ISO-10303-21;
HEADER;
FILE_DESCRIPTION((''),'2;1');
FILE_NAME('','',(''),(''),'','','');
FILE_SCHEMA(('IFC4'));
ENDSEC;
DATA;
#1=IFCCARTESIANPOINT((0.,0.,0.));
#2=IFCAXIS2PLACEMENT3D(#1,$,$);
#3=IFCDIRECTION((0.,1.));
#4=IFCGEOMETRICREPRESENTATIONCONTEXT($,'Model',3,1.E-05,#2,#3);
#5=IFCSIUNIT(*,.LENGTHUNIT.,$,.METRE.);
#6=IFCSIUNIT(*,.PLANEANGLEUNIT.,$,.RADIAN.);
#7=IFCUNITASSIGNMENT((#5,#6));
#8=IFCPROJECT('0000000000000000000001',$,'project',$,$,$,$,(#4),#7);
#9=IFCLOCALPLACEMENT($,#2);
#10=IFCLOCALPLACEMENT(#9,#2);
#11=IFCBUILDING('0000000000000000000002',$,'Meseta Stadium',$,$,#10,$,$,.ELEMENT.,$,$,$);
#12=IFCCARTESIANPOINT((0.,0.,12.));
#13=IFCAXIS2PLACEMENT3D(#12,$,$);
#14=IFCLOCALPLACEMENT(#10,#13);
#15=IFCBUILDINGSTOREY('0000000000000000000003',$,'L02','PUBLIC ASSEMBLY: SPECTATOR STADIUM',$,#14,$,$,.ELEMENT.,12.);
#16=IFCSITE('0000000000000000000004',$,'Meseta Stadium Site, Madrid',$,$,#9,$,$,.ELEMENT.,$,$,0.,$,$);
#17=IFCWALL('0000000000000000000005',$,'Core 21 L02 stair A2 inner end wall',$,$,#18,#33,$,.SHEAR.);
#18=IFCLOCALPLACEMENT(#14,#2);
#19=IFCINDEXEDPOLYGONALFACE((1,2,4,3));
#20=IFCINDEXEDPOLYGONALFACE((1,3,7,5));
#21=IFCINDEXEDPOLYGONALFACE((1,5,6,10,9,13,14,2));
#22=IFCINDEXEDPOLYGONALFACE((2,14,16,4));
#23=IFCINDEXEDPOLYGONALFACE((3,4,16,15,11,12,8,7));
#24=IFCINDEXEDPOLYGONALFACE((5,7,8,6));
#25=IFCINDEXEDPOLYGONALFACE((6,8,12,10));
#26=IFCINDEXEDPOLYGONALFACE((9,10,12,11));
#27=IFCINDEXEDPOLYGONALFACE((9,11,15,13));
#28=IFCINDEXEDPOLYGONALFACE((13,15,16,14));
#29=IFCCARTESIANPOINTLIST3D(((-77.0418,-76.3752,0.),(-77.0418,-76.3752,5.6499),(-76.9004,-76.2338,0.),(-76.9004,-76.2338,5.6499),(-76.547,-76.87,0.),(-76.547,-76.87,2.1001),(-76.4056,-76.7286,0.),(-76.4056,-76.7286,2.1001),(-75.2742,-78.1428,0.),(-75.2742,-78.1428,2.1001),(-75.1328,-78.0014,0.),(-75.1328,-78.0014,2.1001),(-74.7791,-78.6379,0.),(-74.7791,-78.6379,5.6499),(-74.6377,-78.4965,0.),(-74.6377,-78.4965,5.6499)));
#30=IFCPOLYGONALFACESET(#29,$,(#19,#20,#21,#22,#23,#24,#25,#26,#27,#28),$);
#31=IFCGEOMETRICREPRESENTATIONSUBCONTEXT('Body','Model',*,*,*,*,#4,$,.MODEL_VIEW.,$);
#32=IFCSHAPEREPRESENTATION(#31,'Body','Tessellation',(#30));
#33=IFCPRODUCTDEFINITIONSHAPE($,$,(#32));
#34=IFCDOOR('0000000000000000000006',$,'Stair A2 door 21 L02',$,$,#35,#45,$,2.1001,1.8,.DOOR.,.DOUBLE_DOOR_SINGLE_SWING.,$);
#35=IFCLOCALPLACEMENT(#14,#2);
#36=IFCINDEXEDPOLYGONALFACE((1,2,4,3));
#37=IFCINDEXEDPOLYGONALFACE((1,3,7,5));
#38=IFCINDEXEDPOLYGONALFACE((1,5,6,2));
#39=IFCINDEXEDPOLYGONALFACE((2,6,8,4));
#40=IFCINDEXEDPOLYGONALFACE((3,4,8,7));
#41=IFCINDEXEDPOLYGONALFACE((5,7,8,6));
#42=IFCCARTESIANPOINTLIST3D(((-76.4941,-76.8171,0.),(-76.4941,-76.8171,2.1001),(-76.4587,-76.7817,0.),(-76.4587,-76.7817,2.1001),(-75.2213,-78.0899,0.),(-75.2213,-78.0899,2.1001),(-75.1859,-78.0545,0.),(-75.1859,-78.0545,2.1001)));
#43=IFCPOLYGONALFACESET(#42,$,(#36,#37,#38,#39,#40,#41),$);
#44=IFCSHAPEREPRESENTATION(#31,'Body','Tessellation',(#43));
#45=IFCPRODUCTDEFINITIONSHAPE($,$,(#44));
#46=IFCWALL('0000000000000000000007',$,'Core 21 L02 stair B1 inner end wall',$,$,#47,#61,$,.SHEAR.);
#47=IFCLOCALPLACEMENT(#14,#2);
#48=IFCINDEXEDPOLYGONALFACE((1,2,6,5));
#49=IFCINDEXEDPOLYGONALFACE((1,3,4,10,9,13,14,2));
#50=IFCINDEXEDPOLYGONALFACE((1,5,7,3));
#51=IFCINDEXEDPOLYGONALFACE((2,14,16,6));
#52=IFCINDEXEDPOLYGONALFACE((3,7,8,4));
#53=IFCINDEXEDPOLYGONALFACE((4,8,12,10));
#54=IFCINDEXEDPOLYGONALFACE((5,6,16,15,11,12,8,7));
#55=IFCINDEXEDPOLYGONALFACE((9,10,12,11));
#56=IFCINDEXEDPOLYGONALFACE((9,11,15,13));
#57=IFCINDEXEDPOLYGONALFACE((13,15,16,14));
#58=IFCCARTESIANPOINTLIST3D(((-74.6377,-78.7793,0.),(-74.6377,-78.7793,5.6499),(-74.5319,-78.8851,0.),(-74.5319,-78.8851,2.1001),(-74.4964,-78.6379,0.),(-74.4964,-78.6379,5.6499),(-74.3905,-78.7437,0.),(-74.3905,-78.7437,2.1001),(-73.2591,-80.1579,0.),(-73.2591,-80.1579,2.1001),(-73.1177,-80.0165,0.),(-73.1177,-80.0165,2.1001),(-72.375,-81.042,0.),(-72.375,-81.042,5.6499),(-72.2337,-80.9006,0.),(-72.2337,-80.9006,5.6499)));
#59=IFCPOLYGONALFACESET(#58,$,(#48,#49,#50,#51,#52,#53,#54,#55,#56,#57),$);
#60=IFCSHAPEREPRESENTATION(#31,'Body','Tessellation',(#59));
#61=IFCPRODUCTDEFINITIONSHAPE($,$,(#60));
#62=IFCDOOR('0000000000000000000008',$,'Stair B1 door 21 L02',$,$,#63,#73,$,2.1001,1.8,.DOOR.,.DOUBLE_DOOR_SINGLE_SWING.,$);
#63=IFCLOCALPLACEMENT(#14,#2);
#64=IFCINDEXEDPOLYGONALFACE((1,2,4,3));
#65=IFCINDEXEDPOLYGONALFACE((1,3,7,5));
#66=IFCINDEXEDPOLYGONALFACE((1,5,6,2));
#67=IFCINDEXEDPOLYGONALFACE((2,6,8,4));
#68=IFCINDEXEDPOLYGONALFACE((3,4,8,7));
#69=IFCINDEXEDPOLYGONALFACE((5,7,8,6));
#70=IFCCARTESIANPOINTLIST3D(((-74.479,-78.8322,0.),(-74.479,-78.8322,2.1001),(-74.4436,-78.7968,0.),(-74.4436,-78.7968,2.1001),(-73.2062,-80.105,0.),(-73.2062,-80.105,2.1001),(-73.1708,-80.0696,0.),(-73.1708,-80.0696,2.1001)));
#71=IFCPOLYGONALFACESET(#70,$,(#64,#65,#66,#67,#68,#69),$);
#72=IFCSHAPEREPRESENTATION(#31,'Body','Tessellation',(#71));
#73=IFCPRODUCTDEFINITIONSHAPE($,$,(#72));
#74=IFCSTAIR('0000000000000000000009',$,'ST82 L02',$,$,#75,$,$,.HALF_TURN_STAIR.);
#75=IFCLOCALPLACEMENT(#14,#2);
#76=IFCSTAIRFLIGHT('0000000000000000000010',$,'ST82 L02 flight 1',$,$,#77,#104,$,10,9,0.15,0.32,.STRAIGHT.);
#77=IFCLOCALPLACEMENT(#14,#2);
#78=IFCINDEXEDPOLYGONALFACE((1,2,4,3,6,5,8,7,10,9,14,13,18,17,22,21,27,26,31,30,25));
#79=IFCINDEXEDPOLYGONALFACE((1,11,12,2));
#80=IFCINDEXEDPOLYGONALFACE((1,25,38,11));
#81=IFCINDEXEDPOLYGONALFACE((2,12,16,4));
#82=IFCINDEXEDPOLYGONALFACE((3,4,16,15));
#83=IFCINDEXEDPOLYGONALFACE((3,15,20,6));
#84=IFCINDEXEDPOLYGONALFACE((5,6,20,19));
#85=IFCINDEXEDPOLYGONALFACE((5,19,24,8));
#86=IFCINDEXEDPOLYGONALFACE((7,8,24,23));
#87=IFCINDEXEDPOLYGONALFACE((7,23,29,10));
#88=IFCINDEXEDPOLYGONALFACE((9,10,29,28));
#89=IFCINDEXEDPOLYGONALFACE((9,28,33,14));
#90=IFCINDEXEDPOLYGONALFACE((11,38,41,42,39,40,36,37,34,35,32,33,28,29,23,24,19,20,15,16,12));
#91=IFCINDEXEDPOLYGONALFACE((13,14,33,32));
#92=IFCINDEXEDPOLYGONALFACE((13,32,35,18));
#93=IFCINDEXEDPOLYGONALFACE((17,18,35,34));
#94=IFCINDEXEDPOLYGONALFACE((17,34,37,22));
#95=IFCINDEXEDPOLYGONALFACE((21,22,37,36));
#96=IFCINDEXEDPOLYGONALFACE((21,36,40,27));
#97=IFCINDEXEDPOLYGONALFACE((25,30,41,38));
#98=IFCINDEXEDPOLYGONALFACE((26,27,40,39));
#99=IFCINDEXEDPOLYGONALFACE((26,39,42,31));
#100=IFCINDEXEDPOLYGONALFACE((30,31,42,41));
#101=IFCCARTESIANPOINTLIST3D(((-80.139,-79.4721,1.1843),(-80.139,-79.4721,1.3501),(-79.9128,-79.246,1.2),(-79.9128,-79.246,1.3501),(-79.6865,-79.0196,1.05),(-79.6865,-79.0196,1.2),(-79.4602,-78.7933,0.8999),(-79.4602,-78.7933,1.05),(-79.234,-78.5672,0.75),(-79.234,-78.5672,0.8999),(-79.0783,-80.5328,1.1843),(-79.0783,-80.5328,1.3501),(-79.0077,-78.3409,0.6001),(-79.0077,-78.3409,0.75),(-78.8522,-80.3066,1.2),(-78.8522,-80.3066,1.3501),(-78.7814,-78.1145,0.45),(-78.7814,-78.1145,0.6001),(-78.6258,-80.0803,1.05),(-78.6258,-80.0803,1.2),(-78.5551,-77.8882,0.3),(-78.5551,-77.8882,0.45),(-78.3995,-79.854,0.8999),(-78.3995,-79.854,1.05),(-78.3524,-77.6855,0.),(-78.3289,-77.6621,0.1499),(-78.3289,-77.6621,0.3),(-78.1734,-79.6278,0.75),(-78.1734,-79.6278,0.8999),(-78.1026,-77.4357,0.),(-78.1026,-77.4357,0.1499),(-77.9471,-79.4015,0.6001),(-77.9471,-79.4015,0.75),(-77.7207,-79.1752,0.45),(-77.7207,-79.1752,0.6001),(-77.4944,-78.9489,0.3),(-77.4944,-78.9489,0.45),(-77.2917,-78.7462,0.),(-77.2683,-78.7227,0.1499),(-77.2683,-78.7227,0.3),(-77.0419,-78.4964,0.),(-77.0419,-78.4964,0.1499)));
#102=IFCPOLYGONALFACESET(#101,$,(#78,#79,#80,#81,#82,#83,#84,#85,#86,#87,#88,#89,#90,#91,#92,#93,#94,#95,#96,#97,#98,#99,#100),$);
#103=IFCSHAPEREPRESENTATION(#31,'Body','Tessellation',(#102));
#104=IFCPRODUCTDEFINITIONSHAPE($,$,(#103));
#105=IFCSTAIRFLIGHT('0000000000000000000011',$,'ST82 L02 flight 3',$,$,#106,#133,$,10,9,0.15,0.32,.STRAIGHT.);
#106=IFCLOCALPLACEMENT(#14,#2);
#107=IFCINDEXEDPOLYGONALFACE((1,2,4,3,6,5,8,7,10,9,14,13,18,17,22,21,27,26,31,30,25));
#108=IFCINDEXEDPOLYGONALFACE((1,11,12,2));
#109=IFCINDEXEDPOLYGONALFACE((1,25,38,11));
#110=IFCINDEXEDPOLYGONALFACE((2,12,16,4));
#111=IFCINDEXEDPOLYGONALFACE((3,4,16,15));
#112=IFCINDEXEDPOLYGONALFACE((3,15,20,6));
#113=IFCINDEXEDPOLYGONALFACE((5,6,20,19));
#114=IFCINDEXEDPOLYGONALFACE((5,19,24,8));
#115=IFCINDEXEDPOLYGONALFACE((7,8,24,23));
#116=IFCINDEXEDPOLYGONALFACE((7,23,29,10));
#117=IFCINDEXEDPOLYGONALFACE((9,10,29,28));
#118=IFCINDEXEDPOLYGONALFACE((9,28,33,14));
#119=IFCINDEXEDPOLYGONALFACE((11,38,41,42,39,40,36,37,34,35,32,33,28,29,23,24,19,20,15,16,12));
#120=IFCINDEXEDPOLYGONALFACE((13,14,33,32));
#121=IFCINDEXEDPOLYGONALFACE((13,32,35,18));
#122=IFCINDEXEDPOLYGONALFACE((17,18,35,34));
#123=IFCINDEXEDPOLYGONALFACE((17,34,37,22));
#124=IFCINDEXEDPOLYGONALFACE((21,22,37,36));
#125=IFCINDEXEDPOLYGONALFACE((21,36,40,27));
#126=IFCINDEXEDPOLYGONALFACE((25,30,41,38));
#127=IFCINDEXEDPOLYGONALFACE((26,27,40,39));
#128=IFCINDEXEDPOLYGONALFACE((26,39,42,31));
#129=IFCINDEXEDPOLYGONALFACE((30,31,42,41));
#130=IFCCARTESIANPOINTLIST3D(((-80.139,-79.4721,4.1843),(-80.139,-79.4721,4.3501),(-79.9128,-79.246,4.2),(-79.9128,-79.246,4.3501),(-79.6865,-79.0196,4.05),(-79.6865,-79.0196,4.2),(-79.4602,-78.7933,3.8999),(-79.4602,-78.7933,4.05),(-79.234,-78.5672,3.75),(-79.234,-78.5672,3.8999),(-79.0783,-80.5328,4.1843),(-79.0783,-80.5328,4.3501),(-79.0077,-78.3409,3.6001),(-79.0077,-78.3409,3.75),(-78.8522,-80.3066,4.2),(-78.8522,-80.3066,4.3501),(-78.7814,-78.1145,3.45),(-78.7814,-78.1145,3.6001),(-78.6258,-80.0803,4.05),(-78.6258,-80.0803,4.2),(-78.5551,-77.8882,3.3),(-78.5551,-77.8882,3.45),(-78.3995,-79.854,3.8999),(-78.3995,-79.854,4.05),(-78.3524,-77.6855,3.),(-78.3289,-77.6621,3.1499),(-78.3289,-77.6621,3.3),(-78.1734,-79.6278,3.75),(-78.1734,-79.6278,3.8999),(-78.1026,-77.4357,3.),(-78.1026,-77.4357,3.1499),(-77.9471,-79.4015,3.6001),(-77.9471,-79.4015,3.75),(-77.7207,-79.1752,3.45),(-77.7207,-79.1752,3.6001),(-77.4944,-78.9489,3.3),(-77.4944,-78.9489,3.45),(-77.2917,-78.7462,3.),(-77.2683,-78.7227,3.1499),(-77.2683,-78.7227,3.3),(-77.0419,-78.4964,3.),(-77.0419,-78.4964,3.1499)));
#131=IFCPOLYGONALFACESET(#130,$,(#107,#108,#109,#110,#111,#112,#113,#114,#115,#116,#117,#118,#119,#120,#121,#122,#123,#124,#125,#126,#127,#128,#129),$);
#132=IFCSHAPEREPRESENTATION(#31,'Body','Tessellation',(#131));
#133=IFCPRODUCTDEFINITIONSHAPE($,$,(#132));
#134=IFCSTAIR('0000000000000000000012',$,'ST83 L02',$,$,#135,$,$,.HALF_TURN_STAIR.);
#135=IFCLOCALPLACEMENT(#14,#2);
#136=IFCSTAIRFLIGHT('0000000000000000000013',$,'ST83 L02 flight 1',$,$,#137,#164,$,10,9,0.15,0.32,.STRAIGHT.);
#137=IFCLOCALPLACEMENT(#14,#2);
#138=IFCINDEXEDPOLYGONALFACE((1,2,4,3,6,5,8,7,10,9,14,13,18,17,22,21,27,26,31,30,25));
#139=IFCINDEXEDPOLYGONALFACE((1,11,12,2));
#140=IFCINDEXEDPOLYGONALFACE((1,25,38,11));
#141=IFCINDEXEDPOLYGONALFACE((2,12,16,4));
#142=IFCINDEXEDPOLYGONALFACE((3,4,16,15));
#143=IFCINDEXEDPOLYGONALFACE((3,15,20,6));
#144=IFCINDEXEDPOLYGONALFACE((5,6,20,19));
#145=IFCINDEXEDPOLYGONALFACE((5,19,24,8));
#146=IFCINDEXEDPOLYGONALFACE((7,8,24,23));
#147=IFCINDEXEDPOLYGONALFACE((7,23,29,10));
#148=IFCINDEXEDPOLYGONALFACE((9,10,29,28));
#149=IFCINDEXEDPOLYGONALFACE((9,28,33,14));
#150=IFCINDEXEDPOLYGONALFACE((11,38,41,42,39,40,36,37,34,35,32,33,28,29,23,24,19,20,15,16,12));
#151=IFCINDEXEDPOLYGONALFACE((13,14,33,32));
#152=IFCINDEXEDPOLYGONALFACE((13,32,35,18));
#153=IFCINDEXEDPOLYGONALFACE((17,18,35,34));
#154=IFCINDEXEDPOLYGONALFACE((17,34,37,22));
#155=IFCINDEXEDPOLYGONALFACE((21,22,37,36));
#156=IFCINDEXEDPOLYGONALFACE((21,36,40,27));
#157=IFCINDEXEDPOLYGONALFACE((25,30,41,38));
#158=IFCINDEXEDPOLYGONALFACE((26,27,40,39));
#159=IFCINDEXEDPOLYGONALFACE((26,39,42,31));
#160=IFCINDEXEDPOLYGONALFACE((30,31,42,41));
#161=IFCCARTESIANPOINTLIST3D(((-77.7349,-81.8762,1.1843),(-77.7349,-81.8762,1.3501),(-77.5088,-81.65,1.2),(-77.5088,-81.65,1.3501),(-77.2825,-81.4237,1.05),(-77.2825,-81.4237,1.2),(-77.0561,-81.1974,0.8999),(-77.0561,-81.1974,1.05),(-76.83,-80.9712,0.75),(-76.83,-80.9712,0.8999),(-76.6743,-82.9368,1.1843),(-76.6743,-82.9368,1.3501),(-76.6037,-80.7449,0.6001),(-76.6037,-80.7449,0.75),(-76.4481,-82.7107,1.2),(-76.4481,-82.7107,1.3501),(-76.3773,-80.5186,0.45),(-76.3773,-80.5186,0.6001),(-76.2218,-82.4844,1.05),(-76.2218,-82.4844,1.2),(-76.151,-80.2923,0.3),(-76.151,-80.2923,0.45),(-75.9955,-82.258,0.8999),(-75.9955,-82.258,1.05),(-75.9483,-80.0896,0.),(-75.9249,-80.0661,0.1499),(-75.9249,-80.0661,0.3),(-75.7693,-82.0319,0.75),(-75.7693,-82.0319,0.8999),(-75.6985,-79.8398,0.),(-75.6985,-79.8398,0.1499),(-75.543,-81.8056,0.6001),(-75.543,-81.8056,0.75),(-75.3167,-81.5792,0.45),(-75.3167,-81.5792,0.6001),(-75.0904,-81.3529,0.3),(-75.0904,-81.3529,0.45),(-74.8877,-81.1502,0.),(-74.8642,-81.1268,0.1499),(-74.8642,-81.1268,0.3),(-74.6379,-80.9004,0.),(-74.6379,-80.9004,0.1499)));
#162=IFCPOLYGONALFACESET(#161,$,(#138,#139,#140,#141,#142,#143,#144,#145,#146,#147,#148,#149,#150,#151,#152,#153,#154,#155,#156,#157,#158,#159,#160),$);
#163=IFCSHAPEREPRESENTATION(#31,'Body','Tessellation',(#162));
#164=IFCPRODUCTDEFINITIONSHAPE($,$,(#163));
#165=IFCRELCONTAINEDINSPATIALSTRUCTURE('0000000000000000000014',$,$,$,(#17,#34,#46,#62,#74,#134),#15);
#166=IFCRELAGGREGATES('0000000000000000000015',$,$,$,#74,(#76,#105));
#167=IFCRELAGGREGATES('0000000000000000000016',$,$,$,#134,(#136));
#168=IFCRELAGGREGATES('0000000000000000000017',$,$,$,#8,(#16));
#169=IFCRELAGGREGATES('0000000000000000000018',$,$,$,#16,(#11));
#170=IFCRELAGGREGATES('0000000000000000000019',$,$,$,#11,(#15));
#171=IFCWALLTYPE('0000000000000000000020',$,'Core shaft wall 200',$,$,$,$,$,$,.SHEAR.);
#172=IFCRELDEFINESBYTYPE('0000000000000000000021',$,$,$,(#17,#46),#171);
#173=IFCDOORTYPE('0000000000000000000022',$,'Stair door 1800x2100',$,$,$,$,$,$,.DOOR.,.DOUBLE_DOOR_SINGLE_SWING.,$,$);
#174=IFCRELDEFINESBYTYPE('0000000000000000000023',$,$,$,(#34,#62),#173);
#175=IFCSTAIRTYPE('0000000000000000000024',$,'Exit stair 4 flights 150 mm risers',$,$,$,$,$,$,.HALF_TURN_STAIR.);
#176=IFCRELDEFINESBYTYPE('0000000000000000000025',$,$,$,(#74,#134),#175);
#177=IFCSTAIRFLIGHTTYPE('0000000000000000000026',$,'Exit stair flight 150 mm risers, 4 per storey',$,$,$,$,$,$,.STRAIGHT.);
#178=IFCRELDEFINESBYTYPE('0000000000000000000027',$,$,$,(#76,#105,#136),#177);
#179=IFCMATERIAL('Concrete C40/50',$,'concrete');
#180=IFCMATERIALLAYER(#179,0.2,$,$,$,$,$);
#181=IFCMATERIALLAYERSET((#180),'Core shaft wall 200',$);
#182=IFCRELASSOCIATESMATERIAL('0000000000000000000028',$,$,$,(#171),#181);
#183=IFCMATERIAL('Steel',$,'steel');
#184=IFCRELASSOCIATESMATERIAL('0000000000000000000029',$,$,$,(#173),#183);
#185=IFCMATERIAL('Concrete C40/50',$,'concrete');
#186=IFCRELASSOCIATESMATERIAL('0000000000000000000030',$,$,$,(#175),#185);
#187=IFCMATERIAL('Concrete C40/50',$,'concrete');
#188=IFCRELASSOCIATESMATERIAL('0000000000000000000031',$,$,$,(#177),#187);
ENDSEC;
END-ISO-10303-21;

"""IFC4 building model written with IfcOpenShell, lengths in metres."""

from ifc_helpers import new_model, si_unit, direction, frame, frame_2d, origin, place, context, subcontext, project, spatial, polyline, rectangle, outline, extrude, material, layer, layer_set, type_object, element, fill, aggregate, save


model = new_model("IFC4")

# Units and contexts
model_context = context("Model", 3, precision=1e-05, world=origin(), true_north=direction((0.0, 1.0)))
body_context = subcontext(model_context, "Body", "Model", "MODEL_VIEW")
ifc_project = project(units=[si_unit("LENGTHUNIT", "METRE"), si_unit("PLANEANGLEUNIT", "RADIAN")], contexts=[model_context])

# Site, building, storey
site_placement = place(None, origin())
site = spatial("IfcSite", under=ifc_project, at=site_placement, Name="Meseta Stadium Site, Madrid", CompositionType="ELEMENT", RefElevation=0.0)
building_placement = place(site_placement, origin())
building = spatial("IfcBuilding", under=site, at=building_placement, Name="Meseta Stadium", CompositionType="ELEMENT")
storey_placement = place(building_placement, frame((0.0, 0.0, 12.0)))
storey = spatial("IfcBuildingStorey", under=building, at=storey_placement, Name="L02", Description="PUBLIC ASSEMBLY: SPECTATOR STADIUM", CompositionType="ELEMENT", Elevation=12.0)

# Walls, openings, doors
ifc_material_1 = material(Name="Concrete C40/50", Category="concrete")
ifc_layer = layer(ifc_material_1, 0.2)
ifc_layer_set = layer_set([ifc_layer], Name="Core shaft wall 200")
wall_type = type_object("IfcWallType", Name="Core shaft wall 200", PredefinedType="SHEAR", material=ifc_layer_set)
wall_1_placement = place(storey_placement, frame((-76.9712, -76.3044, 0.0), z_axis=(0.0, 0.0, 1.0), x_axis=(0.707107, -0.707107, 0.0)))
wall_1 = element("IfcWall", 1, at=wall_1_placement, inside=storey, type_object=wall_type, Name="Core 21 L02 stair A2 inner end wall", PredefinedType="SHEAR", context=body_context, shape_type="SweptSolid", body=[
    extrude(rectangle(XDim=3.2, YDim=0.2, at=frame_2d((1.6001, 0.0))), origin(), (0.0, 0.0, 1.0), 5.6499),
])
opening_1_placement = place(wall_1_placement, frame((0.7, 0.0, 0.0)))
opening_1 = element("IfcOpeningElement", 2, at=opening_1_placement, cuts=wall_1, PredefinedType="OPENING", context=body_context, shape_type="SweptSolid", body=[
    extrude(rectangle(XDim=1.8, YDim=2.1001, at=frame_2d((0.8999, 1.05))), frame((0.0, 0.1099, 0.0), z_axis=(0.0, -1.0, 0.0), x_axis=(1.0, 0.0, 0.0)), (0.0, 0.0, 1.0), 0.22),
])
ifc_material_2 = material(Name="Steel", Category="steel")
door_type = type_object("IfcDoorType", Name="Stair door 1800x2100", OperationType="DOUBLE_DOOR_SINGLE_SWING", PredefinedType="DOOR", material=ifc_material_2)
door_1_placement = place(opening_1_placement, origin())
door_1 = element("IfcDoor", 3, at=door_1_placement, inside=storey, type_object=door_type, Name="Stair A2 door 21 L02", OperationType="DOUBLE_DOOR_SINGLE_SWING", OverallHeight=2.1001, OverallWidth=1.8, PredefinedType="DOOR", context=body_context, shape_type="SweptSolid", body=[
    extrude(rectangle(XDim=1.8, YDim=2.1001, at=frame_2d((0.8999, 1.05))), frame((0.0, 0.0249, 0.0), z_axis=(0.0, -1.0, 0.0), x_axis=(1.0, 0.0, 0.0)), (0.0, 0.0, 1.0), 0.05),
])
fill(opening_1, door_1)
wall_2_placement = place(storey_placement, frame((-74.5671, -78.7085, 0.0), z_axis=(0.0, 0.0, 1.0), x_axis=(0.707107, -0.707107, 0.0)))
wall_2 = element("IfcWall", 4, at=wall_2_placement, inside=storey, type_object=wall_type, Name="Core 21 L02 stair B1 inner end wall", PredefinedType="SHEAR", context=body_context, shape_type="SweptSolid", body=[
    extrude(rectangle(XDim=3.2, YDim=0.2, at=frame_2d((1.6001, 0.0))), origin(), (0.0, 0.0, 1.0), 5.6499),
])
opening_2_placement = place(wall_2_placement, frame((0.1499, 0.0, 0.0)))
opening_2 = element("IfcOpeningElement", 5, at=opening_2_placement, cuts=wall_2, PredefinedType="OPENING", context=body_context, shape_type="SweptSolid", body=[
    extrude(rectangle(XDim=1.8, YDim=2.1001, at=frame_2d((0.8999, 1.05))), frame((0.0, 0.1099, 0.0), z_axis=(0.0, -1.0, 0.0), x_axis=(1.0, 0.0, 0.0)), (0.0, 0.0, 1.0), 0.22),
])
door_2_placement = place(opening_2_placement, origin())
door_2 = element("IfcDoor", 6, at=door_2_placement, inside=storey, type_object=door_type, Name="Stair B1 door 21 L02", OperationType="DOUBLE_DOOR_SINGLE_SWING", OverallHeight=2.1001, OverallWidth=1.8, PredefinedType="DOOR", context=body_context, shape_type="SweptSolid", body=[
    extrude(rectangle(XDim=1.8, YDim=2.1001, at=frame_2d((0.8999, 1.05))), frame((0.0, 0.0249, 0.0), z_axis=(0.0, -1.0, 0.0), x_axis=(1.0, 0.0, 0.0)), (0.0, 0.0, 1.0), 0.05),
])
fill(opening_2, door_2)

# Stairs, stair flights
ifc_material_3 = material(Name="Concrete C40/50", Category="concrete")
stair_type = type_object("IfcStairType", Name="Exit stair 4 flights 150 mm risers", PredefinedType="HALF_TURN_STAIR", material=ifc_material_3)
stair_1_placement = place(storey_placement, origin())
stair_1 = element("IfcStair", 7, at=stair_1_placement, inside=storey, type_object=stair_type, Name="ST82 L02", PredefinedType="HALF_TURN_STAIR")
ifc_material_4 = material(Name="Concrete C40/50", Category="concrete")
stair_flight_type = type_object("IfcStairFlightType", Name="Exit stair flight 150 mm risers, 4 per storey", PredefinedType="STRAIGHT", material=ifc_material_4)
stair_flight_1_placement = place(storey_placement, frame((-77.5723, -77.9661, 0.0), z_axis=(0.0, 0.0, 1.0), x_axis=(-0.707107, -0.707107, 0.0)))
stair_flight_1 = element("IfcStairFlight", 8, at=stair_flight_1_placement, type_object=stair_flight_type, Name="ST82 L02 flight 1", NumberOfRisers=10, NumberOfTreads=9, PredefinedType="STRAIGHT", RiserHeight=0.15, TreadLength=0.32, context=body_context, shape_type="SweptSolid", body=[
    extrude(outline(polyline([(0.0, 0.0), (0.0, 0.1499), (0.3201, 0.1499), (0.3201, 0.3), (0.6399, 0.3), (0.6399, 0.45), (0.96, 0.45), (0.96, 0.6001), (1.28, 0.6001), (1.28, 0.75), (1.6001, 0.75), (1.6001, 0.8999), (1.9199, 0.8999), (1.9199, 1.05), (2.24, 1.05), (2.24, 1.2), (2.5601, 1.2), (2.5601, 1.3501), (2.8799, 1.3501), (2.8799, 1.1843), (0.3533, 0.0), (0.0, 0.0)])), frame((0.0, 0.75, 0.0), z_axis=(0.0, -1.0, 0.0), x_axis=(1.0, 0.0, 0.0)), (0.0, 0.0, 1.0), 1.5),
])
stair_flight_2_placement = place(storey_placement, frame((-77.5723, -77.9661, 3.0), z_axis=(0.0, 0.0, 1.0), x_axis=(-0.707107, -0.707107, 0.0)))
stair_flight_2 = element("IfcStairFlight", 9, at=stair_flight_2_placement, type_object=stair_flight_type, Name="ST82 L02 flight 3", NumberOfRisers=10, NumberOfTreads=9, PredefinedType="STRAIGHT", RiserHeight=0.15, TreadLength=0.32, context=body_context, shape_type="SweptSolid", body=[
    extrude(outline(polyline([(0.0, 0.0), (0.0, 0.1499), (0.3201, 0.1499), (0.3201, 0.3), (0.6399, 0.3), (0.6399, 0.45), (0.96, 0.45), (0.96, 0.6001), (1.28, 0.6001), (1.28, 0.75), (1.6001, 0.75), (1.6001, 0.8999), (1.9199, 0.8999), (1.9199, 1.05), (2.24, 1.05), (2.24, 1.2), (2.5601, 1.2), (2.5601, 1.3501), (2.8799, 1.3501), (2.8799, 1.1843), (0.3533, 0.0), (0.0, 0.0)])), frame((0.0, 0.75, 0.0), z_axis=(0.0, -1.0, 0.0), x_axis=(1.0, 0.0, 0.0)), (0.0, 0.0, 1.0), 1.5),
])
aggregate(stair_1, [stair_flight_1, stair_flight_2])
stair_2_placement = place(storey_placement, origin())
stair_2 = element("IfcStair", 10, at=stair_2_placement, inside=storey, type_object=stair_type, Name="ST83 L02", PredefinedType="HALF_TURN_STAIR")
stair_flight_3_placement = place(storey_placement, frame((-75.1682, -80.3701, 0.0), z_axis=(0.0, 0.0, 1.0), x_axis=(-0.707107, -0.707107, 0.0)))
stair_flight_3 = element("IfcStairFlight", 11, at=stair_flight_3_placement, type_object=stair_flight_type, Name="ST83 L02 flight 1", NumberOfRisers=10, NumberOfTreads=9, PredefinedType="STRAIGHT", RiserHeight=0.15, TreadLength=0.32, context=body_context, shape_type="SweptSolid", body=[
    extrude(outline(polyline([(0.0, 0.0), (0.0, 0.1499), (0.3201, 0.1499), (0.3201, 0.3), (0.6399, 0.3), (0.6399, 0.45), (0.96, 0.45), (0.96, 0.6001), (1.28, 0.6001), (1.28, 0.75), (1.6001, 0.75), (1.6001, 0.8999), (1.9199, 0.8999), (1.9199, 1.05), (2.24, 1.05), (2.24, 1.2), (2.5601, 1.2), (2.5601, 1.3501), (2.8799, 1.3501), (2.8799, 1.1843), (0.3533, 0.0), (0.0, 0.0)])), frame((0.0, 0.75, 0.0), z_axis=(0.0, -1.0, 0.0), x_axis=(1.0, 0.0, 0.0)), (0.0, 0.0, 1.0), 1.5),
])
aggregate(stair_2, [stair_flight_3])

save(model, "model.ifc")
